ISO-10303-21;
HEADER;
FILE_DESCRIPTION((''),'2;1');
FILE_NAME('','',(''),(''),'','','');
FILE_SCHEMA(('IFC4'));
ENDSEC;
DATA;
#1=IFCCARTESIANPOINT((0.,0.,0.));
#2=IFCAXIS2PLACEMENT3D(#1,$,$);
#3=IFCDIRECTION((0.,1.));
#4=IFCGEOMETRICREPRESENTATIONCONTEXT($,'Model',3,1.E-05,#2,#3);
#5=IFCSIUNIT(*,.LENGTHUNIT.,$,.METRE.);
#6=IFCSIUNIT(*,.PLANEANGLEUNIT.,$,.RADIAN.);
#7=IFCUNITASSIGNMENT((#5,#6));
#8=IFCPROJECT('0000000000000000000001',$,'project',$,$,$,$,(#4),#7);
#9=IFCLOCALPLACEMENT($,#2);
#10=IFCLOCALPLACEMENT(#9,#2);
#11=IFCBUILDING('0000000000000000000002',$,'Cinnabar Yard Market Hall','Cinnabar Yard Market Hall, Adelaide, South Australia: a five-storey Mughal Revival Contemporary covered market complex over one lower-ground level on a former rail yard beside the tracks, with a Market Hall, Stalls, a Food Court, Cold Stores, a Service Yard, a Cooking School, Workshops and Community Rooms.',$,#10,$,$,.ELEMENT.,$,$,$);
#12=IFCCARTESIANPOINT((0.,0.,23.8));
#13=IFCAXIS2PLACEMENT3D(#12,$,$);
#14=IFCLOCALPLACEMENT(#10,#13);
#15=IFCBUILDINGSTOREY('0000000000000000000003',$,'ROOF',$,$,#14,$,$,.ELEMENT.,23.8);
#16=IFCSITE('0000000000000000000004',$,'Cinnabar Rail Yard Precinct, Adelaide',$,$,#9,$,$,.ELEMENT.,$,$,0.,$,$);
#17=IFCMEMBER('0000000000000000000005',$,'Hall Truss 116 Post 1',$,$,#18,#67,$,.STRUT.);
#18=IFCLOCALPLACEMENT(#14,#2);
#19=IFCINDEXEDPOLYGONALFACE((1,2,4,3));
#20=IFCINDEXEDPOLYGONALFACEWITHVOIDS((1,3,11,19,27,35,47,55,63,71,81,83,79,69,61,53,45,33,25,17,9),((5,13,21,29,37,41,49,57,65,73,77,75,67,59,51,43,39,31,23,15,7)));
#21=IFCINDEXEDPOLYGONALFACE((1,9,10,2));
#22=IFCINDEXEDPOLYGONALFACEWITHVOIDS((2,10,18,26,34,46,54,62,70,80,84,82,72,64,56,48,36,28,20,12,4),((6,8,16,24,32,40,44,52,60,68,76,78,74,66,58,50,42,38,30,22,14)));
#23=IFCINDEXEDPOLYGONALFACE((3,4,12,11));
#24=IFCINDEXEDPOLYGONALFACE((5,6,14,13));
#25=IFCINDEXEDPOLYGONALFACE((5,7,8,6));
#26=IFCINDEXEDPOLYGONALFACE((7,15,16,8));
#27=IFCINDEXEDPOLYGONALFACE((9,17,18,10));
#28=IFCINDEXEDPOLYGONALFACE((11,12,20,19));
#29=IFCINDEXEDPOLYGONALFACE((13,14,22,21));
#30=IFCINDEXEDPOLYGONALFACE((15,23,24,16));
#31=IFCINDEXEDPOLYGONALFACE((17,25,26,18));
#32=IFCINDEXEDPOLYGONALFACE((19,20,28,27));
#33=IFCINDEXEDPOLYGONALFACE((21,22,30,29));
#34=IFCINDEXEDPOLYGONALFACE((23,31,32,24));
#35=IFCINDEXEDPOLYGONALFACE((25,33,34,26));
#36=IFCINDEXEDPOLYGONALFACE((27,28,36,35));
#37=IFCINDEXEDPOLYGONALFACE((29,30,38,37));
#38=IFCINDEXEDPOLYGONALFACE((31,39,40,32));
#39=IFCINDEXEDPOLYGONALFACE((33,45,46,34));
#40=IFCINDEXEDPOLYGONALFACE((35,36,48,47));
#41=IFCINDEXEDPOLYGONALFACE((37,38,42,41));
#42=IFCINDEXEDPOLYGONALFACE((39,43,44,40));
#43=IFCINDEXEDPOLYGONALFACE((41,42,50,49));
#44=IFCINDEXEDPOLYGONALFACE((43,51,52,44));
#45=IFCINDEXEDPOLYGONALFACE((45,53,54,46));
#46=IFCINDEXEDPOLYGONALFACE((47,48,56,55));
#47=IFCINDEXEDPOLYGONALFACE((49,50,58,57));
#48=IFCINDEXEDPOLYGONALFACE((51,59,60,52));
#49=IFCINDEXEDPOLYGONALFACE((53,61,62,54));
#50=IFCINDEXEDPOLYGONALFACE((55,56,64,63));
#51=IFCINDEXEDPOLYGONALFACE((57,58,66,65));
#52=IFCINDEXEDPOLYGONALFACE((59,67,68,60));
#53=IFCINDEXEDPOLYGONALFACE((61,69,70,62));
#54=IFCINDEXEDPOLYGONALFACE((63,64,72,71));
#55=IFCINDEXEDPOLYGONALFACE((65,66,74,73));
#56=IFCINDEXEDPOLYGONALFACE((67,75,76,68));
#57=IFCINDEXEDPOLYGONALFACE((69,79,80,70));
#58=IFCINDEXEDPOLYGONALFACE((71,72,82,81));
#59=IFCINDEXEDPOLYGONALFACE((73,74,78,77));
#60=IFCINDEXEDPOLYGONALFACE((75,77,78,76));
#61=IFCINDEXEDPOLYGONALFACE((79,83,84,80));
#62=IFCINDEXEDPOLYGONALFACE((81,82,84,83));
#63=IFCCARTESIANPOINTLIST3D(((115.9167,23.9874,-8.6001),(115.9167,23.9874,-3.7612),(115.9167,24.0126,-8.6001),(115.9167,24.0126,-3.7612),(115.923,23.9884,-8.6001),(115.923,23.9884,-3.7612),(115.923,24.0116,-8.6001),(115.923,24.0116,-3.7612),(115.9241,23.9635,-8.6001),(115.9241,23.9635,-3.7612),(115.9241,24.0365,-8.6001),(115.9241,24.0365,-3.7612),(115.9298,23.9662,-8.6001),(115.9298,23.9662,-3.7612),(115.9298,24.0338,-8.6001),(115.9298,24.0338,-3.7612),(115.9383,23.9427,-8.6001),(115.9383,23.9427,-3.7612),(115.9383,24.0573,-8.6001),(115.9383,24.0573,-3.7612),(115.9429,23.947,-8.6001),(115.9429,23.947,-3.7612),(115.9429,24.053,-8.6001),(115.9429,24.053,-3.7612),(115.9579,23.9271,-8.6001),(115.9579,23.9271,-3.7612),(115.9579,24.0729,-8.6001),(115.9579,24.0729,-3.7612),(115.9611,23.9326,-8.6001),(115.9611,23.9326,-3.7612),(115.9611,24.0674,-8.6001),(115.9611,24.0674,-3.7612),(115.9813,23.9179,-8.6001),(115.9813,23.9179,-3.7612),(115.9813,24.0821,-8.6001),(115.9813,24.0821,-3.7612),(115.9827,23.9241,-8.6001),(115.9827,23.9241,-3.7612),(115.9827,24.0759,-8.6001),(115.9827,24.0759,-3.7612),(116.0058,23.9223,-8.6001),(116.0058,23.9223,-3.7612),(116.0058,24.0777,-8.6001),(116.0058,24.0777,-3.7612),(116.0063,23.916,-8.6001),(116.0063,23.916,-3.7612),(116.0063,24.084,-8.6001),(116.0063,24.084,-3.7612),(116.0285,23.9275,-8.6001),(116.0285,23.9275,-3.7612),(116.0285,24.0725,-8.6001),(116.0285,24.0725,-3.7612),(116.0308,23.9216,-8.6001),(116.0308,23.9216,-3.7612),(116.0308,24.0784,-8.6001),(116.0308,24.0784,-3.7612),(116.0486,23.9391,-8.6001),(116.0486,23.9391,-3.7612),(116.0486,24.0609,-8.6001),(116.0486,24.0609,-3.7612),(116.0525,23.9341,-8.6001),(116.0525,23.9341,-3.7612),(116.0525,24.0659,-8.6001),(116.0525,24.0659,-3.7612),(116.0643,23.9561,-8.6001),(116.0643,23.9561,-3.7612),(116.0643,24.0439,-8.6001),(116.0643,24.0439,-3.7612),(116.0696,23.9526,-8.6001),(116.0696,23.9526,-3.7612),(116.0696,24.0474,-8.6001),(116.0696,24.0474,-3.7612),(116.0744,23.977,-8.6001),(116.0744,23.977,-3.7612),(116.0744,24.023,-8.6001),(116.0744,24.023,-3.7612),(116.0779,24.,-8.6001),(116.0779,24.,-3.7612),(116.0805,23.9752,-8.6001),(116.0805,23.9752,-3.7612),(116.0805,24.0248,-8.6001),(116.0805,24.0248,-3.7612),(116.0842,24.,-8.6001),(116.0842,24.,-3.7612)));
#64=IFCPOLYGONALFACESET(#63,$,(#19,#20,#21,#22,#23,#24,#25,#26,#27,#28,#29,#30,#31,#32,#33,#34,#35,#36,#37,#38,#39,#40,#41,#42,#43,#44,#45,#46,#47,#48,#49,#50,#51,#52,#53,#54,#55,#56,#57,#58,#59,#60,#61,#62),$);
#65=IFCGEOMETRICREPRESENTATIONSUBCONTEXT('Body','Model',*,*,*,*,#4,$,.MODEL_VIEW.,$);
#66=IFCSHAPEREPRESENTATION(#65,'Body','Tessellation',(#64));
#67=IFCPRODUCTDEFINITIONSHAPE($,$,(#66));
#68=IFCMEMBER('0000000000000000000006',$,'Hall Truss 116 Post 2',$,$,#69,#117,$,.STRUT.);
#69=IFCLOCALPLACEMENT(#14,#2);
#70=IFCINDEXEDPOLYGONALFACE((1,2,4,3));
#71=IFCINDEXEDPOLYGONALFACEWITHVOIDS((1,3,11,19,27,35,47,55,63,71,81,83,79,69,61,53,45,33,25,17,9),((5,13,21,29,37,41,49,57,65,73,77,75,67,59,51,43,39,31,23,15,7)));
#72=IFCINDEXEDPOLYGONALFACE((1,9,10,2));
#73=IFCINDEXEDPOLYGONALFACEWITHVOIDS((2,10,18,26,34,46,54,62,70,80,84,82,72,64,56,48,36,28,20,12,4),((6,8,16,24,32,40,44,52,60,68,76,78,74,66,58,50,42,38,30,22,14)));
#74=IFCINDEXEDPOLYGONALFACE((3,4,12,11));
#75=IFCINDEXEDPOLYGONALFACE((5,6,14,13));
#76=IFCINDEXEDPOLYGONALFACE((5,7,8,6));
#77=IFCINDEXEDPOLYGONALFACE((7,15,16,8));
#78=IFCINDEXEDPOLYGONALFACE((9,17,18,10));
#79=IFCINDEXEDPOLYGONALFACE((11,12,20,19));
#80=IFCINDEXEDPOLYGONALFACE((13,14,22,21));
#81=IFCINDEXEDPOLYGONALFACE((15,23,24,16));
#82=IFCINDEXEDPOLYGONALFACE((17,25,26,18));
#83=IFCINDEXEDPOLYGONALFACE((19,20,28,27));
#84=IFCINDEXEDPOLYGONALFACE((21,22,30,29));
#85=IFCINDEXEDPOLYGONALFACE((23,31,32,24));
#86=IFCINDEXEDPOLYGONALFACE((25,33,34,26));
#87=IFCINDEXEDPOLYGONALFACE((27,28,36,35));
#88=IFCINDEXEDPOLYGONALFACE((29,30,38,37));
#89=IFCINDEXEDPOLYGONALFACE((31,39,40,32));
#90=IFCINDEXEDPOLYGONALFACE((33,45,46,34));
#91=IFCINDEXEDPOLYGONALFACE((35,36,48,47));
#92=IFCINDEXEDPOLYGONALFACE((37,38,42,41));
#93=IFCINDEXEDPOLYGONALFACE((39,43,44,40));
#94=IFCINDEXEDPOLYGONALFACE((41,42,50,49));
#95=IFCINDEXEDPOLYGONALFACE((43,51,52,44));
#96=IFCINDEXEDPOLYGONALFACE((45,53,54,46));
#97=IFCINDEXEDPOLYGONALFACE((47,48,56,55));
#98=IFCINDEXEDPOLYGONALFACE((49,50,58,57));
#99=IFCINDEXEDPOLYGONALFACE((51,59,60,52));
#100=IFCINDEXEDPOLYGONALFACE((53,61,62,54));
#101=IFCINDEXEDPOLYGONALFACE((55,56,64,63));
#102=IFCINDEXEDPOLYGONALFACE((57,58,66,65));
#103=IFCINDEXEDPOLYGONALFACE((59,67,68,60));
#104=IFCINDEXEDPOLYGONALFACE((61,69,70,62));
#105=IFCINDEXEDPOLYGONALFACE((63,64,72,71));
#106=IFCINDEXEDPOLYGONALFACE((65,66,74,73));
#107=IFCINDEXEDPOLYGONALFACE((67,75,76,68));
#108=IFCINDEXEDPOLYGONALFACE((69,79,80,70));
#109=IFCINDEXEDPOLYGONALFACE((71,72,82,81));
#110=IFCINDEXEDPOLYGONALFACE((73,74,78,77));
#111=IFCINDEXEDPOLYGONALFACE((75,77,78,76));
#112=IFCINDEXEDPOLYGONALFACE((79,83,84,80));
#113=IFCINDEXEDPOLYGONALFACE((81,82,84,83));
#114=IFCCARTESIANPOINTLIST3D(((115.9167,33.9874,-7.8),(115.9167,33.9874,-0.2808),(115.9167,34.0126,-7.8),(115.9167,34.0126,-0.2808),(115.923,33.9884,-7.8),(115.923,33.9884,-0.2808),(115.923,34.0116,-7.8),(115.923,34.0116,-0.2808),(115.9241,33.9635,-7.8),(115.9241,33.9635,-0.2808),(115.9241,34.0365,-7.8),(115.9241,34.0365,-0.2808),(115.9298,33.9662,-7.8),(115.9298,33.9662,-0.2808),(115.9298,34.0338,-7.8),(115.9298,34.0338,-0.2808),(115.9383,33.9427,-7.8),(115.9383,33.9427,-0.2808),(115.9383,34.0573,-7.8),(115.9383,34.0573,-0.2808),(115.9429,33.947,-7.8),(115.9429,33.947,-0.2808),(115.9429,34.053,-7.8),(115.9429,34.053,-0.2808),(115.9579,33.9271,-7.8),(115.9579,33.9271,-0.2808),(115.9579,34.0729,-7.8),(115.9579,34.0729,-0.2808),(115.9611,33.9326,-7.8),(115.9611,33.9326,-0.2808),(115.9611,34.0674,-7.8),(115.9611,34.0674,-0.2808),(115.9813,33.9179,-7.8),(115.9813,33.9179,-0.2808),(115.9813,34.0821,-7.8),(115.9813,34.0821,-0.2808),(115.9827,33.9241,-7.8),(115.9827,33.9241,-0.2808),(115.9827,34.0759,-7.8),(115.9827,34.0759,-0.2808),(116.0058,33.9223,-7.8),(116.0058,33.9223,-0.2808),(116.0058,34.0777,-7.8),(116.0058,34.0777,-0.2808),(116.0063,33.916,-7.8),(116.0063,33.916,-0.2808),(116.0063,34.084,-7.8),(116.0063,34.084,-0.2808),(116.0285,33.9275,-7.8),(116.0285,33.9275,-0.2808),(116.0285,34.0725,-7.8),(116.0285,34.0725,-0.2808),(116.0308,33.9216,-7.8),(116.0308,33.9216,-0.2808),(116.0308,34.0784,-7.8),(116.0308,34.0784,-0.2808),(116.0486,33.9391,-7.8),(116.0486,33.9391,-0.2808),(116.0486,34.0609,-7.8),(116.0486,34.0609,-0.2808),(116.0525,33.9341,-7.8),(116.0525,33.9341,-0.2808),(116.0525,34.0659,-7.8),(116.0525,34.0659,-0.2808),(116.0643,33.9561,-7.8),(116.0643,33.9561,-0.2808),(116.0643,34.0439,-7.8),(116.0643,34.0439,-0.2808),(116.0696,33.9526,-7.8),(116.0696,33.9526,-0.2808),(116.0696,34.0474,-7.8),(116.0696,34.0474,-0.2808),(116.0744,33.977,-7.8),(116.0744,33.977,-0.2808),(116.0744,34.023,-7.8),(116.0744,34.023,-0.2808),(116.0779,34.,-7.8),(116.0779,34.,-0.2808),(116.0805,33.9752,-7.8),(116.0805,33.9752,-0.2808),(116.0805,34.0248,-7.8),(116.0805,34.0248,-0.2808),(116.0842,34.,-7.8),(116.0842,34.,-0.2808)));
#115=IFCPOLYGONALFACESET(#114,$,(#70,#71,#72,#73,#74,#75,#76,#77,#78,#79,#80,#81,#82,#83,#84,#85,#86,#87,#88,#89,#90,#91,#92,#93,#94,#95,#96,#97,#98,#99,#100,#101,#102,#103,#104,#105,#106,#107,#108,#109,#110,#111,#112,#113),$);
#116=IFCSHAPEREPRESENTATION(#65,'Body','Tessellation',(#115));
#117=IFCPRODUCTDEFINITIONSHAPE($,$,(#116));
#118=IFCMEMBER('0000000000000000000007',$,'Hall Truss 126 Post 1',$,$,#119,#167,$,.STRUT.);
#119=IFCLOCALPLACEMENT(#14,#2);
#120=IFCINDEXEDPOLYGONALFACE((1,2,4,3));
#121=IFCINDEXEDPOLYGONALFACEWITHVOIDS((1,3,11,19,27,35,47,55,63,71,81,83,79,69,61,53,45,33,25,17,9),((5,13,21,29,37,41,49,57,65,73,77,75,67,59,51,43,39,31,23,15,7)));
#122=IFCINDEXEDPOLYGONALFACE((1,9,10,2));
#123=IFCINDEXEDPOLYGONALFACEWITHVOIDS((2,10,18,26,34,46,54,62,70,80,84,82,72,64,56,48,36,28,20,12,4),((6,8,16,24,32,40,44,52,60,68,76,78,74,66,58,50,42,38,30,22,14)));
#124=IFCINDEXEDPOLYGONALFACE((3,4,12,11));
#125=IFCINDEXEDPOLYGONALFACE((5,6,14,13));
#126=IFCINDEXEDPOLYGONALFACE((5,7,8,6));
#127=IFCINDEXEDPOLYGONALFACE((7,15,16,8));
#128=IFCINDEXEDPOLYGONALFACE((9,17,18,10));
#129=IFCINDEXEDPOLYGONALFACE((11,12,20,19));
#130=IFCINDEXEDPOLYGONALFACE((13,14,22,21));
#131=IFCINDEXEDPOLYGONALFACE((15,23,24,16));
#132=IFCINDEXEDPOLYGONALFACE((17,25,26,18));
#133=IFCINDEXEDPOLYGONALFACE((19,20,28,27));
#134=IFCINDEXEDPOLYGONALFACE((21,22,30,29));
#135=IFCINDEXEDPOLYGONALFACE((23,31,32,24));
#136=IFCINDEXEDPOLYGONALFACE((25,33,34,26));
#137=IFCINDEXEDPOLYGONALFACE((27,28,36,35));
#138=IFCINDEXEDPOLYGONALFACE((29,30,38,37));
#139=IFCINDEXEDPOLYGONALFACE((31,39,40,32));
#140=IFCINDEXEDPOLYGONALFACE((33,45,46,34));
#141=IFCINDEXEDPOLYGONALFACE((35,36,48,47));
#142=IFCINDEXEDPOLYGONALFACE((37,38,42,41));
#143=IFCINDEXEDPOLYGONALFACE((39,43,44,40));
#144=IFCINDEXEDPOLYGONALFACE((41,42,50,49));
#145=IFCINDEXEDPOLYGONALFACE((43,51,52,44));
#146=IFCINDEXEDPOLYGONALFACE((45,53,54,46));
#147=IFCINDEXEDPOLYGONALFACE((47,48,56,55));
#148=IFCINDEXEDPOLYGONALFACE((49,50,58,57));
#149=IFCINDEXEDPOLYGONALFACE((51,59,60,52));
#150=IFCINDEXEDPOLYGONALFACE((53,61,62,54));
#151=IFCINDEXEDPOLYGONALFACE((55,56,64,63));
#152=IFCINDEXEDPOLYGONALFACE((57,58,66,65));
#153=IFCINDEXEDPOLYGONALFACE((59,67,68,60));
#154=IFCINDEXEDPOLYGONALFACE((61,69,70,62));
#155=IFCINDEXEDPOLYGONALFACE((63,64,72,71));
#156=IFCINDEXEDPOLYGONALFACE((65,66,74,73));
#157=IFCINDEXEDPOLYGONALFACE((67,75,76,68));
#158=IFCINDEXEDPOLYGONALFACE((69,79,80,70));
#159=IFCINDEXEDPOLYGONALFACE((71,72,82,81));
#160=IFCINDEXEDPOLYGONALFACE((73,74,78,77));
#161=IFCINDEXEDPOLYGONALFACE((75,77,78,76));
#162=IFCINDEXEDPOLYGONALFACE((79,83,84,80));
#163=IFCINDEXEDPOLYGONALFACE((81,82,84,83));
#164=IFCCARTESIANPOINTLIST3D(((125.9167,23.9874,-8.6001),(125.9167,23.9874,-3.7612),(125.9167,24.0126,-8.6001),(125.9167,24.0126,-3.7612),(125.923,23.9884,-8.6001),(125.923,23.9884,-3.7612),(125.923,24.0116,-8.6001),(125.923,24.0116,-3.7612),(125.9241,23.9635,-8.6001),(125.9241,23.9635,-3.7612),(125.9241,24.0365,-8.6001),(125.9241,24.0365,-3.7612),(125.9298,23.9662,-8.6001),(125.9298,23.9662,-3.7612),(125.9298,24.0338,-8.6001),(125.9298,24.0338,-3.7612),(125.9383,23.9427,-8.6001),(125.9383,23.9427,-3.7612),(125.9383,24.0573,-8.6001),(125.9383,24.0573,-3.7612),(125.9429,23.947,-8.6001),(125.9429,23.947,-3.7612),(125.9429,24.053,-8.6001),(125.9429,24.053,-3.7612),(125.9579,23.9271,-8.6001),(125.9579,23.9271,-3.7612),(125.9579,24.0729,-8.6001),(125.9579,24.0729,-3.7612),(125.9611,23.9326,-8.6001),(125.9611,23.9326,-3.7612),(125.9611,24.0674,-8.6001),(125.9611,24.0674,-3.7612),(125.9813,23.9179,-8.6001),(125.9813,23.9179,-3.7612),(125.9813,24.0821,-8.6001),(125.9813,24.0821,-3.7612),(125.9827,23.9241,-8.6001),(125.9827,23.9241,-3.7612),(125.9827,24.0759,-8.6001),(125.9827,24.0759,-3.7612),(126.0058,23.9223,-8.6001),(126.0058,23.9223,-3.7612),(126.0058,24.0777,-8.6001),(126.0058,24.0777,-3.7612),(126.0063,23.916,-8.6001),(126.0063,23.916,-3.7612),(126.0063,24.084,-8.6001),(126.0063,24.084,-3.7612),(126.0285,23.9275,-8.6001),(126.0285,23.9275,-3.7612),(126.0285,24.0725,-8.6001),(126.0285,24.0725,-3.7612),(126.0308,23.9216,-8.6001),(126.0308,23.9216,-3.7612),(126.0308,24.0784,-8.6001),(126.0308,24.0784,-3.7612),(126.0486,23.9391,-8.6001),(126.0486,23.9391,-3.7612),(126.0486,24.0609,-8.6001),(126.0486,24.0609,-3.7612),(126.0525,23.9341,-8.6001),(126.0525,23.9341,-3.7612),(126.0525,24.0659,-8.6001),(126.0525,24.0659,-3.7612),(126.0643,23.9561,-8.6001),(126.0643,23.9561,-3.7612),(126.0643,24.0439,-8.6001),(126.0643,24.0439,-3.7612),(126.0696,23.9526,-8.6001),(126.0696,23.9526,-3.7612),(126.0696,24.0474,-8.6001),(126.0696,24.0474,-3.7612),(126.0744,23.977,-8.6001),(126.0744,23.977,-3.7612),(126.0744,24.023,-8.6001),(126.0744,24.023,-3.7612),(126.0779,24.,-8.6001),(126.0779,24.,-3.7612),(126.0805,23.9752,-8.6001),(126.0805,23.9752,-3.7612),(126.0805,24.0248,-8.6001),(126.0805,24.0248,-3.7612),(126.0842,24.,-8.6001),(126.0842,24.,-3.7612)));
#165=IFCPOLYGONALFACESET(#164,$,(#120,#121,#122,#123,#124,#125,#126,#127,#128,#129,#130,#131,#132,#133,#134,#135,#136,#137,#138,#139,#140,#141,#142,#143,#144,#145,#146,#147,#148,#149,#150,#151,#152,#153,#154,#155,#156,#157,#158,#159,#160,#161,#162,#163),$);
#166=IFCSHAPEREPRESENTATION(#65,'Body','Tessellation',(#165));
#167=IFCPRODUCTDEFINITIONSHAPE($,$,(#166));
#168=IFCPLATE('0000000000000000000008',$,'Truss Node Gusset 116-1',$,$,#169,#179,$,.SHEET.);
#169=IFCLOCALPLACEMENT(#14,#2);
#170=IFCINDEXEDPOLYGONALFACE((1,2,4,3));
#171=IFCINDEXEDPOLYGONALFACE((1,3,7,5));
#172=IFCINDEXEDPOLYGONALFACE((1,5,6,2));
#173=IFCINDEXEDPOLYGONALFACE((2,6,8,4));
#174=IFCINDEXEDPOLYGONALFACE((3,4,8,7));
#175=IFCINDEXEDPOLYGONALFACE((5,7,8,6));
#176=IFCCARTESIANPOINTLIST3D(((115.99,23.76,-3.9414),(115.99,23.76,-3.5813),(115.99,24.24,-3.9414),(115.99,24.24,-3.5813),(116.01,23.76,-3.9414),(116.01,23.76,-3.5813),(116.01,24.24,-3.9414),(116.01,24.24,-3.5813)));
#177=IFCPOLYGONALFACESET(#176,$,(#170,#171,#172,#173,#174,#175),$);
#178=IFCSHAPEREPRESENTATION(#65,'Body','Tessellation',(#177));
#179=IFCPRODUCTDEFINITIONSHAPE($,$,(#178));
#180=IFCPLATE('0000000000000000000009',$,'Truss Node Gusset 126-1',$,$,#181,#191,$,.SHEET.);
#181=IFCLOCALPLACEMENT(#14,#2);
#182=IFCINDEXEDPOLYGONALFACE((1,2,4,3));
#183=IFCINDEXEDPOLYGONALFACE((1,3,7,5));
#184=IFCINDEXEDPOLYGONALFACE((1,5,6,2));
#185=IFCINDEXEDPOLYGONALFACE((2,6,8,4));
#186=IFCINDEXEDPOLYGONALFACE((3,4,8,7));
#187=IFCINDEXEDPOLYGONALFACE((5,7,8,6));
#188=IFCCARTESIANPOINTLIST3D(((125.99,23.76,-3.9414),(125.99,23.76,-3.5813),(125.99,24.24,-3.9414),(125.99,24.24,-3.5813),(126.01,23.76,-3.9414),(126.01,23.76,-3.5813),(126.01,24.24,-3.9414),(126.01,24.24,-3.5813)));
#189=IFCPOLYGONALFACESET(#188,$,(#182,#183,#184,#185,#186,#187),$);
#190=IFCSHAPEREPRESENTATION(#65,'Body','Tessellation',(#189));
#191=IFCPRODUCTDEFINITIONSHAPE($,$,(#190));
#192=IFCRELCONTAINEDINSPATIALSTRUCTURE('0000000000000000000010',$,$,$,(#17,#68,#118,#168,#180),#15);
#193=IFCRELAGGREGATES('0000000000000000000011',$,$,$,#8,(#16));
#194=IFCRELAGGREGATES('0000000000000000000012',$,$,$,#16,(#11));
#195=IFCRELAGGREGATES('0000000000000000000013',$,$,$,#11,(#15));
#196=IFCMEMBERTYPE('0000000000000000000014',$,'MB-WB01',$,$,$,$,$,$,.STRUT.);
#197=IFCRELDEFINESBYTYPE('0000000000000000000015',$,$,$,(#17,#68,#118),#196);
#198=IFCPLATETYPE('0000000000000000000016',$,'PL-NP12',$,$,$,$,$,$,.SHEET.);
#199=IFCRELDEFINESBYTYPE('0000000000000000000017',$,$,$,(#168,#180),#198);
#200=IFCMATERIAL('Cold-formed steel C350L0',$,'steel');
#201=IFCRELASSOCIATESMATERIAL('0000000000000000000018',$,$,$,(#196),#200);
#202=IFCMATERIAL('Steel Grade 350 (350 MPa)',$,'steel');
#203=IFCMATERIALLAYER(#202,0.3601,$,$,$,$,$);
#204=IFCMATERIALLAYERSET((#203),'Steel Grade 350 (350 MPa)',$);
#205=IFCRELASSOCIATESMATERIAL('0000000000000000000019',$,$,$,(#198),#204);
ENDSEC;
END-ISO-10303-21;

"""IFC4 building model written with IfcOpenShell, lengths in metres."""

from ifc_helpers import new_model, si_unit, direction, frame, origin, origin_2d_with_axis, place, context, subcontext, project, spatial, rectangle, hollow_circle, extrude, material, layer, layer_set, material_profile, profile_set, type_object, element, save


model = new_model("IFC4")

# Units and contexts
model_context = context("Model", 3, precision=1e-05, world=origin(), true_north=direction((0.0, 1.0)))
body_context = subcontext(model_context, "Body", "Model", "MODEL_VIEW")
ifc_project = project(units=[si_unit("LENGTHUNIT", "METRE"), si_unit("PLANEANGLEUNIT", "RADIAN")], contexts=[model_context])

# Site, building, storey
site_placement = place(None, origin())
site = spatial("IfcSite", under=ifc_project, at=site_placement, Name="Cinnabar Rail Yard Precinct, Adelaide", CompositionType="ELEMENT", RefElevation=0.0)
building_placement = place(site_placement, origin())
building = spatial("IfcBuilding", under=site, at=building_placement, Name="Cinnabar Yard Market Hall", Description="Cinnabar Yard Market Hall, Adelaide, South Australia: a five-storey Mughal Revival Contemporary covered market complex over one lower-ground level on a former rail yard beside the tracks, with a Market Hall, Stalls, a Food Court, Cold Stores, a Service Yard, a Cooking School, Workshops and Community Rooms.", CompositionType="ELEMENT")
storey_placement = place(building_placement, frame((0.0, 0.0, 23.8)))
storey = spatial("IfcBuildingStorey", under=building, at=storey_placement, Name="ROOF", CompositionType="ELEMENT", Elevation=23.8)

# Members
ifc_material_1 = material(Name="Cold-formed steel C350L0", Category="steel")
ifc_material_profile_1 = material_profile(ifc_material_1, hollow_circle(Radius=0.0842, WallThickness=0.0063, at=origin_2d_with_axis()), Name="168.3x6.4CHS")
ifc_profile_set_1 = profile_set([ifc_material_profile_1], Name="Cold-formed steel C350L0")
member_type_1 = type_object("IfcMemberType", Name="MB-WB01", PredefinedType="STRUT", material=ifc_profile_set_1)
member_1_placement = place(storey_placement, frame((116.0, 24.0, -8.6001), z_axis=(0.0, 0.0, 1.0), x_axis=(1.0, 0.0, 0.0)))
element("IfcMember", 1, at=member_1_placement, inside=storey, type_object=member_type_1, Name="Hall Truss 116 Post 1", PredefinedType="STRUT", context=body_context, shape_type="SweptSolid", body=[
    extrude(hollow_circle(Radius=0.0842, WallThickness=0.0063, at=origin_2d_with_axis()), origin(), (0.0, 0.0, 1.0), 4.8389),
])
member_2_placement = place(storey_placement, frame((116.0, 34.0, -7.8), z_axis=(0.0, 0.0, 1.0), x_axis=(1.0, 0.0, 0.0)))
element("IfcMember", 2, at=member_2_placement, inside=storey, type_object=member_type_1, Name="Hall Truss 116 Post 2", PredefinedType="STRUT", context=body_context, shape_type="SweptSolid", body=[
    extrude(hollow_circle(Radius=0.0842, WallThickness=0.0063, at=origin_2d_with_axis()), origin(), (0.0, 0.0, 1.0), 7.5193),
])
member_3_placement = place(storey_placement, frame((126.0, 24.0, -8.6001), z_axis=(0.0, 0.0, 1.0), x_axis=(1.0, 0.0, 0.0)))
element("IfcMember", 3, at=member_3_placement, inside=storey, type_object=member_type_1, Name="Hall Truss 126 Post 1", PredefinedType="STRUT", context=body_context, shape_type="SweptSolid", body=[
    extrude(hollow_circle(Radius=0.0842, WallThickness=0.0063, at=origin_2d_with_axis()), origin(), (0.0, 0.0, 1.0), 4.8389),
])

# Plates
ifc_material_2 = material(Name="Steel Grade 350 (350 MPa)", Category="steel")
ifc_layer = layer(ifc_material_2, 0.3601)
ifc_layer_set = layer_set([ifc_layer], Name="Steel Grade 350 (350 MPa)")
plate_type = type_object("IfcPlateType", Name="PL-NP12", PredefinedType="SHEET", material=ifc_layer_set)
for number, where, z_axis, x_axis, name in (
    (4, (116.0, 24.0, -3.9414), (0.0, 0.0, 1.0), (1.0, 0.0, 0.0), "Truss Node Gusset 116-1"),
    (5, (126.0, 24.0, -3.9414), (0.0, 0.0, 1.0), (1.0, 0.0, 0.0), "Truss Node Gusset 126-1"),
):
    element("IfcPlate", number, at=place(storey_placement, frame(where, z_axis=z_axis, x_axis=x_axis)), inside=storey, type_object=plate_type, Name=name, PredefinedType="SHEET", context=body_context, shape_type="SweptSolid", body=[
        extrude(rectangle(XDim=0.02, YDim=0.48, at=origin_2d_with_axis()), origin(), (0.0, 0.0, 1.0), 0.3601),
    ])

save(model, "model.ifc")
